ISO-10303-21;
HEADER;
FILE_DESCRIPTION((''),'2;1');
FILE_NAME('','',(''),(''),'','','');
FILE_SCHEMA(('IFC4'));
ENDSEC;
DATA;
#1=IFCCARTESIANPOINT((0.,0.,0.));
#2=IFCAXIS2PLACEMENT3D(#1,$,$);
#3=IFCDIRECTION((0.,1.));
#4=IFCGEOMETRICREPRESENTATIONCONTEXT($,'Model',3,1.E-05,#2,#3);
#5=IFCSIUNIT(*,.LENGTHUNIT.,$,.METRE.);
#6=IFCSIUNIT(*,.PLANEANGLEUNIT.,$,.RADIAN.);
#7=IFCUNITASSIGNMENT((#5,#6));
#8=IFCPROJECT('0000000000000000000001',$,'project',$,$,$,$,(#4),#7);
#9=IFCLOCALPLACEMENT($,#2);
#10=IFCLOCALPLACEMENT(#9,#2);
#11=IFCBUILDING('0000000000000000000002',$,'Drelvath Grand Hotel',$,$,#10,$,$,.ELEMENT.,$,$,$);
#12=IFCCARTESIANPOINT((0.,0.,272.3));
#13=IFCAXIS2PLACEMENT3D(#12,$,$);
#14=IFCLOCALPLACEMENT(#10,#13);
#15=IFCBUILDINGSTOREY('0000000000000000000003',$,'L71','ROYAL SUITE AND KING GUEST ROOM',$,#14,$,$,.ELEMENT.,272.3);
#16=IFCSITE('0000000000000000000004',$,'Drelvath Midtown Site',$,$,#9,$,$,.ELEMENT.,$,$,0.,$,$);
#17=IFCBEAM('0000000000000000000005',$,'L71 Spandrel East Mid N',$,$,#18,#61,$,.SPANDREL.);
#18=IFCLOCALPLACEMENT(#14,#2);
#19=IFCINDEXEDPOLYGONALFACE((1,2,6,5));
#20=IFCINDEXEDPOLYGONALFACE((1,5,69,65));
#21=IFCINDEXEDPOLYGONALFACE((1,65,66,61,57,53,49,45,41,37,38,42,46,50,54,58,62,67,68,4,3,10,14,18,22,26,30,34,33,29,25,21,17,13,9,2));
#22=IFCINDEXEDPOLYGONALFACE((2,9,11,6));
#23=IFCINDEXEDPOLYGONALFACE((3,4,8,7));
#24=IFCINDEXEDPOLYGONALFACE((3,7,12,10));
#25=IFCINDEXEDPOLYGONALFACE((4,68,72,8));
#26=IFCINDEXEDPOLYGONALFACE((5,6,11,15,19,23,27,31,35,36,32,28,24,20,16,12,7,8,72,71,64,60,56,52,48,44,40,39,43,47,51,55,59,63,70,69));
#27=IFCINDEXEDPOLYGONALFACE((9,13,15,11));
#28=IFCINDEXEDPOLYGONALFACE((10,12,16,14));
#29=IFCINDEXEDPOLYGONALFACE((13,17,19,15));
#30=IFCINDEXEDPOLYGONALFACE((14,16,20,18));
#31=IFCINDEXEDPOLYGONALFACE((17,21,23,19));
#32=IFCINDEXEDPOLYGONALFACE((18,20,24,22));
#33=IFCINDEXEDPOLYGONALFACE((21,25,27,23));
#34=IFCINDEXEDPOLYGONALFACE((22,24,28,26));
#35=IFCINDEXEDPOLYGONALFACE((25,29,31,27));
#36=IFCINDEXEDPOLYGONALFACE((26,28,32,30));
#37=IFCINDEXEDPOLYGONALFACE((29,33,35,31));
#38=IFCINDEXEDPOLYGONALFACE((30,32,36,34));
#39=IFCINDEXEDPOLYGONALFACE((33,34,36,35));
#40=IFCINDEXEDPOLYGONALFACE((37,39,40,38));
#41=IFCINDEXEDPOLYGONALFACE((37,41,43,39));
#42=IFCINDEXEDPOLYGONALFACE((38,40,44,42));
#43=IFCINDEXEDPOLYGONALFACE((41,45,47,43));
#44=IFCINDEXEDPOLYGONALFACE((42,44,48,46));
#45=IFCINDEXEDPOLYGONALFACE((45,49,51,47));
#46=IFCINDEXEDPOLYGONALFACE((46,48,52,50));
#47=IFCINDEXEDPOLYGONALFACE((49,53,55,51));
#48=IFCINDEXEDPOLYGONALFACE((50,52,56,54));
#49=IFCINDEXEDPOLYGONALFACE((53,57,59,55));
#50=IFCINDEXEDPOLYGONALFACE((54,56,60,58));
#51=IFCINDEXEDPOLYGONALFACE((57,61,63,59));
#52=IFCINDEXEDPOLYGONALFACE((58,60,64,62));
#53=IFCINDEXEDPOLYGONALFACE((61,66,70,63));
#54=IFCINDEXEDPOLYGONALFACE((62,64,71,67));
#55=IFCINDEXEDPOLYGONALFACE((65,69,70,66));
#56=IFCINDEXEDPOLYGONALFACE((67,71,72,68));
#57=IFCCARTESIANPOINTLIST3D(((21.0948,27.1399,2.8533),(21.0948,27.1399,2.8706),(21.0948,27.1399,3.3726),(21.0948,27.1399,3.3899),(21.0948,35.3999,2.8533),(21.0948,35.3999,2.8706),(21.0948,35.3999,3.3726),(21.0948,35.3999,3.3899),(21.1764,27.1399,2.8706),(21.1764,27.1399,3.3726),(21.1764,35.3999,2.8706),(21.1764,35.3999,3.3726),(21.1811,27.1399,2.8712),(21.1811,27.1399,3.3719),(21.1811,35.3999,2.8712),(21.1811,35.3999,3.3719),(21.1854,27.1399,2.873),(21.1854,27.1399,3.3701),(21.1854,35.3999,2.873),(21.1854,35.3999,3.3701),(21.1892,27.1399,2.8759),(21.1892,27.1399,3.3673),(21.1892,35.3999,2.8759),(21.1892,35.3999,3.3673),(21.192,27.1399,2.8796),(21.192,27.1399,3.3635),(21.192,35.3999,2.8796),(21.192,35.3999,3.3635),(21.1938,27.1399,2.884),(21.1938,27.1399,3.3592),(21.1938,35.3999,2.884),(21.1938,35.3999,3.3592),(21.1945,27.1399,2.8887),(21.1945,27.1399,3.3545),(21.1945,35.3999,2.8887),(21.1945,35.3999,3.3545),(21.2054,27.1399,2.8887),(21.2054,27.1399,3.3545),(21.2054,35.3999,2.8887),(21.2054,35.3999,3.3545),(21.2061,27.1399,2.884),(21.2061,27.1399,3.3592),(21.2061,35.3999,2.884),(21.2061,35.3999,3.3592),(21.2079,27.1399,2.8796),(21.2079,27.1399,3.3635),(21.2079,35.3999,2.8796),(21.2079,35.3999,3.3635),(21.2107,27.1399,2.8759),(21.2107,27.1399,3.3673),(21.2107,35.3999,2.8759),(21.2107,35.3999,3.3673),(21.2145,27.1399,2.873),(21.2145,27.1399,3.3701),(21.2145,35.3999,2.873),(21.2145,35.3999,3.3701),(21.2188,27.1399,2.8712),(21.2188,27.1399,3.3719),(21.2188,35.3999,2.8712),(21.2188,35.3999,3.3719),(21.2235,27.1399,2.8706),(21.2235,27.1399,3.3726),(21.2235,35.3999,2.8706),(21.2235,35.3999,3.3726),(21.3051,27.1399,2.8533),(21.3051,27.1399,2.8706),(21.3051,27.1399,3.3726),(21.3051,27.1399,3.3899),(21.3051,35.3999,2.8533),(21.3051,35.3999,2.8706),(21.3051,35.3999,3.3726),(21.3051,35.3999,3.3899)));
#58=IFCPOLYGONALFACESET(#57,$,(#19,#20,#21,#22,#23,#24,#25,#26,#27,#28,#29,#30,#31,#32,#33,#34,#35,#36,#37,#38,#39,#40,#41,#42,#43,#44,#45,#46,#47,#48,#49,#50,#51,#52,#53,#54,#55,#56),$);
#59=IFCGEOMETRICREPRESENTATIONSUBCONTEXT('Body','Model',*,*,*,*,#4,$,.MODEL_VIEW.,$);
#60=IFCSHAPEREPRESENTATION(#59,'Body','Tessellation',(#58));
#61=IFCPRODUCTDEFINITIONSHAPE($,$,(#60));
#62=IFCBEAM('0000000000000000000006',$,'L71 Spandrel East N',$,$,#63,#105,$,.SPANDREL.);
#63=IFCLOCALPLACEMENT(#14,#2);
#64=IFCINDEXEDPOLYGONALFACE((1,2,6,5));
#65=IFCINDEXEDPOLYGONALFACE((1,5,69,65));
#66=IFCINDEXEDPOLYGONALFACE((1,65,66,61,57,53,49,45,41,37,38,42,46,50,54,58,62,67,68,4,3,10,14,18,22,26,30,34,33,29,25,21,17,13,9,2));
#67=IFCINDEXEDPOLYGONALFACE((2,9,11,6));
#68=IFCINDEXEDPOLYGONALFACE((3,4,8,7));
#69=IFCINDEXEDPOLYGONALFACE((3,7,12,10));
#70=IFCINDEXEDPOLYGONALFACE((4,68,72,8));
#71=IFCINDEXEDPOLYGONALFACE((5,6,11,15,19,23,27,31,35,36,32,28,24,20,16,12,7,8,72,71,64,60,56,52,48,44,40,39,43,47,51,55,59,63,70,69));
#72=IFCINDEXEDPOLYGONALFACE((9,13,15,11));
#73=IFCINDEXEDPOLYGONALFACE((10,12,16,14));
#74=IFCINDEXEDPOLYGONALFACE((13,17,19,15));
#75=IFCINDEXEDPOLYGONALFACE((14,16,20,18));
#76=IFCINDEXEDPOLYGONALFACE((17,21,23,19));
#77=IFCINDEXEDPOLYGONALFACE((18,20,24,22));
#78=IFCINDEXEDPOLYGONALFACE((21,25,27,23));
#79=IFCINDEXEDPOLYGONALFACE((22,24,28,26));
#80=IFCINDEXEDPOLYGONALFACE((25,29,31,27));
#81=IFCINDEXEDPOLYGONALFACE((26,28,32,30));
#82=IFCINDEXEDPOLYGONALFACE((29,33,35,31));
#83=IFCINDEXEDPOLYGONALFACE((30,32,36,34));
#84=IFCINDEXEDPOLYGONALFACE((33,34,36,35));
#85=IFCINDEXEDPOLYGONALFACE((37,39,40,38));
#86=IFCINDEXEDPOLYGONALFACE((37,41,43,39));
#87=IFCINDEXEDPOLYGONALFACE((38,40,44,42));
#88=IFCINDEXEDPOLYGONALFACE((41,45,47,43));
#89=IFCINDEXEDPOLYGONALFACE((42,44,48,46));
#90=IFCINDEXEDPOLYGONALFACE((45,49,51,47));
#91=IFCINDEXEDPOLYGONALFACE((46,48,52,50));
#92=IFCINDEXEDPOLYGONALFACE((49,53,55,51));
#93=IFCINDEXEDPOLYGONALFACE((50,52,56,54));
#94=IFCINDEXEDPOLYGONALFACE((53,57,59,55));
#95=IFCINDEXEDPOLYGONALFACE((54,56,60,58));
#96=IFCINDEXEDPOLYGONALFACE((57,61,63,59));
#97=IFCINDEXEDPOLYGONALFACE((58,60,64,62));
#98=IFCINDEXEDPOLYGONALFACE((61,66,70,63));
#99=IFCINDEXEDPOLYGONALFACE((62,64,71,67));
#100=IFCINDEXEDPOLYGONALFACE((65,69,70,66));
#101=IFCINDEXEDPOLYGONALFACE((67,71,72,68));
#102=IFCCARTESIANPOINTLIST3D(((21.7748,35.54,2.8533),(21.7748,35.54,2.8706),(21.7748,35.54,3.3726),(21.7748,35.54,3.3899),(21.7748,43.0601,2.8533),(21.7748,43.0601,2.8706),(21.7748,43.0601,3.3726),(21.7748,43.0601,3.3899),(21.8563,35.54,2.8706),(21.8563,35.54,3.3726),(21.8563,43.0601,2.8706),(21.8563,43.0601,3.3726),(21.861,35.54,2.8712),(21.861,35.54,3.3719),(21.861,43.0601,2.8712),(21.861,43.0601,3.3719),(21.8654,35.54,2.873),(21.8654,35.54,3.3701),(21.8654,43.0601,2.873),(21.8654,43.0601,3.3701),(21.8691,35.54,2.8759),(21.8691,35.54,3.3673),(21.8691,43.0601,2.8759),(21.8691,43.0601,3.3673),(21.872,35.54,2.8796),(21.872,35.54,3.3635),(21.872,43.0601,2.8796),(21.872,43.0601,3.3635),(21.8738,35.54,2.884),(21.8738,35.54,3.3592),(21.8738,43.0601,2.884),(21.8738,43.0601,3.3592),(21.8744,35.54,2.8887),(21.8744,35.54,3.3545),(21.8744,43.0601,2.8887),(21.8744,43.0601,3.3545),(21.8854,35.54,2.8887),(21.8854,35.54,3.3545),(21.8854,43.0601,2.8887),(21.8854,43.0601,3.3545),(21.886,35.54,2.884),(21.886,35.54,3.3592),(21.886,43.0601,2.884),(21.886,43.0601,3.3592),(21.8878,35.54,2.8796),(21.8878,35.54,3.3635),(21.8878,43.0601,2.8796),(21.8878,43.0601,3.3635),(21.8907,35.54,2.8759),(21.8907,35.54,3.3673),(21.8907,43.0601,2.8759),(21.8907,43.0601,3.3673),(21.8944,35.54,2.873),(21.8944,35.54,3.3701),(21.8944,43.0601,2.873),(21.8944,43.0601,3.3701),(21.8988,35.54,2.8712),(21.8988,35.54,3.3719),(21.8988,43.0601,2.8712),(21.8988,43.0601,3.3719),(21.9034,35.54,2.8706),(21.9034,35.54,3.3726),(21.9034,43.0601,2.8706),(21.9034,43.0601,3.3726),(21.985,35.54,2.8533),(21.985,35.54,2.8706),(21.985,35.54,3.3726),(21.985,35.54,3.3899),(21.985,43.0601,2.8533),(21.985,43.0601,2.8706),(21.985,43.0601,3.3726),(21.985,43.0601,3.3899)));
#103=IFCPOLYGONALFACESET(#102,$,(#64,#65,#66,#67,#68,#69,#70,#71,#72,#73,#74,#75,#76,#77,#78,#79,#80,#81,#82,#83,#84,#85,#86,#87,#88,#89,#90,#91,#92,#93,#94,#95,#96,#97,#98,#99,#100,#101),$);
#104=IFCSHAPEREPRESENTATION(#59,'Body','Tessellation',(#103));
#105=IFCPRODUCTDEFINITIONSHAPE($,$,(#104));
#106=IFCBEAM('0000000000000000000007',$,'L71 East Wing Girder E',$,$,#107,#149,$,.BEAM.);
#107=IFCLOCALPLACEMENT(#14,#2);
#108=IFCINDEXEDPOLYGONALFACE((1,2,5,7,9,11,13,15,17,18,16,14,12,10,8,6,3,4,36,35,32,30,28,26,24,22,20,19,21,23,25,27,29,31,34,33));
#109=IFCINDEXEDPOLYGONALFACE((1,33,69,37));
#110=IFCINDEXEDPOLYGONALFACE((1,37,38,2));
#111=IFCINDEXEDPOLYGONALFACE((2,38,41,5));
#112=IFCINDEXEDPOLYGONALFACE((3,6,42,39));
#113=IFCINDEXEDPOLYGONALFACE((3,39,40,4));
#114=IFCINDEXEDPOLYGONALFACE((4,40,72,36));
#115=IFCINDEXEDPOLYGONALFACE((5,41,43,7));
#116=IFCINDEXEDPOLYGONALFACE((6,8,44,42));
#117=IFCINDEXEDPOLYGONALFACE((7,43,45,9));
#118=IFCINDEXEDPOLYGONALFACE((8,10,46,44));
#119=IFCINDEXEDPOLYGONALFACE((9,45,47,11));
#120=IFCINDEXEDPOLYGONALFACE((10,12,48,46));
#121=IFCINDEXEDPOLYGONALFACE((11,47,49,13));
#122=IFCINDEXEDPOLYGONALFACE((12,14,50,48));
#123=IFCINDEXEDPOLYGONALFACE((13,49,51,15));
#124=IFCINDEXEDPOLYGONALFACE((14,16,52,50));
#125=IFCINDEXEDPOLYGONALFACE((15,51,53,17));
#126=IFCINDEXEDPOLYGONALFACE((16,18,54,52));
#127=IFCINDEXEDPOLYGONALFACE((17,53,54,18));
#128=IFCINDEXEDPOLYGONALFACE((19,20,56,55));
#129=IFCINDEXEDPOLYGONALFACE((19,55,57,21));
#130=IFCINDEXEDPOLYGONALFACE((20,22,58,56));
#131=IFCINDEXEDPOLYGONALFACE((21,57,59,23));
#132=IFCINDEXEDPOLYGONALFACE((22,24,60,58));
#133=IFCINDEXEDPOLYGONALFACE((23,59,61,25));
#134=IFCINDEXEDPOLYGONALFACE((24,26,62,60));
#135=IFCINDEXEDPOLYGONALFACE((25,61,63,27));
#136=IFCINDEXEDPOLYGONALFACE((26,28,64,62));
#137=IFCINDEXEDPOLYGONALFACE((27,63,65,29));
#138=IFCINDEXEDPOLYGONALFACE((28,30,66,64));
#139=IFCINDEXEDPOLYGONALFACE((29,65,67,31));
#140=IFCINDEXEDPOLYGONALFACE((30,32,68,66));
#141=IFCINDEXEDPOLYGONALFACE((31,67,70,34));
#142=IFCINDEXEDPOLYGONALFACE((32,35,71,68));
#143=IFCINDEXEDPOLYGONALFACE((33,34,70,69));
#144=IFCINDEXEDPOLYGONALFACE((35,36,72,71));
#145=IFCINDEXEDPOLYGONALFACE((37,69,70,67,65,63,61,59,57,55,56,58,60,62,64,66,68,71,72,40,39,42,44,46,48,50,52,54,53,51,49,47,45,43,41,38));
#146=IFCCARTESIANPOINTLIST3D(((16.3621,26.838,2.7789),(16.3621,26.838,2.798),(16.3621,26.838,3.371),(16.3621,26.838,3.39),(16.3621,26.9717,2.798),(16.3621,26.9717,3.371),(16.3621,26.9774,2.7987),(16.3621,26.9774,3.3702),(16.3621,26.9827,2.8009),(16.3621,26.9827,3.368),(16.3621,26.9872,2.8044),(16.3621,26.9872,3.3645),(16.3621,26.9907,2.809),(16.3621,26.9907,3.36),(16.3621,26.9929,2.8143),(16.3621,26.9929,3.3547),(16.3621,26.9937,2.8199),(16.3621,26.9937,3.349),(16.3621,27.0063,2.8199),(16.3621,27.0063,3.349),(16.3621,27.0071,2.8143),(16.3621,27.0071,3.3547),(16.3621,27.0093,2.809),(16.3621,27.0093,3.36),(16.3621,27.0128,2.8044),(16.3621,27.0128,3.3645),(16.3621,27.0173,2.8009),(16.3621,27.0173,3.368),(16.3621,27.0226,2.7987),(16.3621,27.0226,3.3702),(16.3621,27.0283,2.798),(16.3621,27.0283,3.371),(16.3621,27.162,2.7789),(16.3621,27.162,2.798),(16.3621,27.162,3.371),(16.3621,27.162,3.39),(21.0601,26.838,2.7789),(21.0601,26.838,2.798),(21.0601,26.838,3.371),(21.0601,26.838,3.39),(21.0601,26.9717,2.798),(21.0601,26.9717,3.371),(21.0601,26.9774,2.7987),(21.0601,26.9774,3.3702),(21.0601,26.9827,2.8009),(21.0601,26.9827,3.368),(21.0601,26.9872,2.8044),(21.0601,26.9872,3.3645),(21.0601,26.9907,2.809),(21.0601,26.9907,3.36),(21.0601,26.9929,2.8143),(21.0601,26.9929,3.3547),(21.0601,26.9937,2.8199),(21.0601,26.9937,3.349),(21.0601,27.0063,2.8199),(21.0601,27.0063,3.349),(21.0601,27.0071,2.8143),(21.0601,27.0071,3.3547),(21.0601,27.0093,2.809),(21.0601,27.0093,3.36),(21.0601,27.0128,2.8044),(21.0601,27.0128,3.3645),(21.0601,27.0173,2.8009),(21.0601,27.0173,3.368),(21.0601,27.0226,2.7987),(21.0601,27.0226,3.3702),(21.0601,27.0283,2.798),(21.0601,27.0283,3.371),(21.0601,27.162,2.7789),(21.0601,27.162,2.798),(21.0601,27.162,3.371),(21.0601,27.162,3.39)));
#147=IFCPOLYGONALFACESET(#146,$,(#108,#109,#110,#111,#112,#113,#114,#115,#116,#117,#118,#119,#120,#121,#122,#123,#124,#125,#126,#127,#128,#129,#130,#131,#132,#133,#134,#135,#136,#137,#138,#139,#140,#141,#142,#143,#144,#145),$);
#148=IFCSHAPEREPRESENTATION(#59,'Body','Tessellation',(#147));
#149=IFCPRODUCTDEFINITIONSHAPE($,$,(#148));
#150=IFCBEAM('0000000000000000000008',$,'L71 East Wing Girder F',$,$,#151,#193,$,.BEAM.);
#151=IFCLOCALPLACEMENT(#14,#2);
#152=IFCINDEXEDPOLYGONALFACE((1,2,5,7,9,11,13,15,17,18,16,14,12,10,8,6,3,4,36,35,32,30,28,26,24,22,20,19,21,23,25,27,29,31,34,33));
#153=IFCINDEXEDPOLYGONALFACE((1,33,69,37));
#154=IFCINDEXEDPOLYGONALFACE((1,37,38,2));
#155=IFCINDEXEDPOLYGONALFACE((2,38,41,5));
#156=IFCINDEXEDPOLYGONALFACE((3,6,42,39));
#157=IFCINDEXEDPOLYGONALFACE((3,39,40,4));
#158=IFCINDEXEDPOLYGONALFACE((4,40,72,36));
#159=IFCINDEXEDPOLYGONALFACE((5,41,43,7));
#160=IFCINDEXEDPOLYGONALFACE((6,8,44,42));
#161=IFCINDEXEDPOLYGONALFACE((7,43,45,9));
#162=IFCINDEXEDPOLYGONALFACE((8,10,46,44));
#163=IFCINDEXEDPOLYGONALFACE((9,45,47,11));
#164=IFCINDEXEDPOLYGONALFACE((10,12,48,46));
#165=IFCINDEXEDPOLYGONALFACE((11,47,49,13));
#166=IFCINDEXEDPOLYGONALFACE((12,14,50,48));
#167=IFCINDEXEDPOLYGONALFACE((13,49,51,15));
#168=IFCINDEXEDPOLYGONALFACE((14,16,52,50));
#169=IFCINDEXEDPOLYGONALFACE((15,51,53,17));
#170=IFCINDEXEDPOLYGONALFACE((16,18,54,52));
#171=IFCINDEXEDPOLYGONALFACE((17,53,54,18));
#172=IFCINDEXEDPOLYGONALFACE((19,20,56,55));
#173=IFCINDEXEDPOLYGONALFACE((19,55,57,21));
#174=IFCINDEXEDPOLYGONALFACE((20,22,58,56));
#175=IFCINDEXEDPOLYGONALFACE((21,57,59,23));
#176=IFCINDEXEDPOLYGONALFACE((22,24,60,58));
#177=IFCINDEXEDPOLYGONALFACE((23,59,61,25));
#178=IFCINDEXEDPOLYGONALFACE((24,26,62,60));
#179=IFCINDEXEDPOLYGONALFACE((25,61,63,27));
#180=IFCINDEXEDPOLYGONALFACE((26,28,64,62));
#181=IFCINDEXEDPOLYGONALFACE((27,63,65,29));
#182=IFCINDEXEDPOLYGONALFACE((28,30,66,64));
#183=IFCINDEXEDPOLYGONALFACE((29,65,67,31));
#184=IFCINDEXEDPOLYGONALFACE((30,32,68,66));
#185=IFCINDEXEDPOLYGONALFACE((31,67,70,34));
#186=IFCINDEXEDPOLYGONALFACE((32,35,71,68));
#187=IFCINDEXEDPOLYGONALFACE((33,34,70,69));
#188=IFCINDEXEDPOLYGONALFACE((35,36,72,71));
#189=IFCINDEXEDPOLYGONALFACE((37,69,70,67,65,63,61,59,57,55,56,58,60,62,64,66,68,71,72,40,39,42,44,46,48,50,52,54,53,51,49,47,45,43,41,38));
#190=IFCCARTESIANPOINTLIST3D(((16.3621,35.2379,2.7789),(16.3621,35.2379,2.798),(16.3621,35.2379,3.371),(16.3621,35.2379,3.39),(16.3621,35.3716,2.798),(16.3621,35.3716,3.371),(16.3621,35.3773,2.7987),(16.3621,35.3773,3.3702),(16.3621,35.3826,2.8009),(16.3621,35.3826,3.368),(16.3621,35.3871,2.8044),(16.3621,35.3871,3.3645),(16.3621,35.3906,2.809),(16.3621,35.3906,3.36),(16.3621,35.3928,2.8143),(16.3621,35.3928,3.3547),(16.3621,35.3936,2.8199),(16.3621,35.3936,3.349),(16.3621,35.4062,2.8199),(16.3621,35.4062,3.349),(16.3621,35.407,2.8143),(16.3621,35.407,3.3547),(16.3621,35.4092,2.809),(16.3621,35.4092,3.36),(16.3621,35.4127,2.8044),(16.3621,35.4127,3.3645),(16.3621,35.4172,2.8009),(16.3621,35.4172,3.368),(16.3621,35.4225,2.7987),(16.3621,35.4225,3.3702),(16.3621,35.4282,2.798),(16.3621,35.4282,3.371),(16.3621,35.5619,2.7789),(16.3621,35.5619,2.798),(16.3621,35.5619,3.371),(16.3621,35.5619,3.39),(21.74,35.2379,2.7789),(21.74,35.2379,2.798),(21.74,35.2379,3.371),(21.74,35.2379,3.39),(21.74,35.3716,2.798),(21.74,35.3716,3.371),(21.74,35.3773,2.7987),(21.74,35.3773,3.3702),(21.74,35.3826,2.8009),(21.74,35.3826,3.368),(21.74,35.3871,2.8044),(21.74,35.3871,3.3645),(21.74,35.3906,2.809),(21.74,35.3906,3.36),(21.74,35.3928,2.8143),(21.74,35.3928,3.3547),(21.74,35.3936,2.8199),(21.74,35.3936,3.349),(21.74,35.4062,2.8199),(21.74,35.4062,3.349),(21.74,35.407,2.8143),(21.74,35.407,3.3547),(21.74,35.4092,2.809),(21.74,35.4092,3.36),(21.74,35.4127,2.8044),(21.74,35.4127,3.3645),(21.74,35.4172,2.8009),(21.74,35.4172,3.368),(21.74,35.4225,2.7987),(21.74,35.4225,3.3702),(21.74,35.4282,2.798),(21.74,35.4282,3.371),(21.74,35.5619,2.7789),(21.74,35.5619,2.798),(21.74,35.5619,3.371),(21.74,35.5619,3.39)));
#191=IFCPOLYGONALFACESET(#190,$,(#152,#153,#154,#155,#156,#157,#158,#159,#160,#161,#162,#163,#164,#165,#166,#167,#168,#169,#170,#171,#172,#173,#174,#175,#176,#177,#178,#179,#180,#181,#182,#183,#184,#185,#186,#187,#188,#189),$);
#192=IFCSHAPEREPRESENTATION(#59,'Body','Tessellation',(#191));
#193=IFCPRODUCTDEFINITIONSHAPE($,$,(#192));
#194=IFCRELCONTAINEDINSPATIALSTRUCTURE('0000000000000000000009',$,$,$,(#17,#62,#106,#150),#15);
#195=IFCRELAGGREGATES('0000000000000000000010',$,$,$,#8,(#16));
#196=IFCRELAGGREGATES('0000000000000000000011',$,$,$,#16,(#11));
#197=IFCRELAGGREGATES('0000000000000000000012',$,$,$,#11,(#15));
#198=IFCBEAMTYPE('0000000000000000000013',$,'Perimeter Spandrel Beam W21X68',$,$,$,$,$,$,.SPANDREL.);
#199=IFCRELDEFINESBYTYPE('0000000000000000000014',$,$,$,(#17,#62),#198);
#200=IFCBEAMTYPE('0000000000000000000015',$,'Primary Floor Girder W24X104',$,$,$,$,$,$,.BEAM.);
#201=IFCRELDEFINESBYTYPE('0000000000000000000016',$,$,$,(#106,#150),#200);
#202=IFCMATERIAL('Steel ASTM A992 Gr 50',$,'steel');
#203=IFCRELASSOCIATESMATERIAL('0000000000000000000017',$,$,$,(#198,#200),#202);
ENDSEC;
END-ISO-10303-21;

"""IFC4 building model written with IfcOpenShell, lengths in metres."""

from ifc_helpers import new_model, si_unit, direction, frame, origin, origin_2d, place, context, subcontext, project, spatial, i_section, extrude, material, material_profile, profile_set, type_object, element, save


model = new_model("IFC4")

# Units and contexts
model_context = context("Model", 3, precision=1e-05, world=origin(), true_north=direction((0.0, 1.0)))
body_context = subcontext(model_context, "Body", "Model", "MODEL_VIEW")
ifc_project = project(units=[si_unit("LENGTHUNIT", "METRE"), si_unit("PLANEANGLEUNIT", "RADIAN")], contexts=[model_context])

# Site, building, storey
site_placement = place(None, origin())
site = spatial("IfcSite", under=ifc_project, at=site_placement, Name="Drelvath Midtown Site", CompositionType="ELEMENT", RefElevation=0.0)
building_placement = place(site_placement, origin())
building = spatial("IfcBuilding", under=site, at=building_placement, Name="Drelvath Grand Hotel", CompositionType="ELEMENT")
storey_placement = place(building_placement, frame((0.0, 0.0, 272.3)))
storey = spatial("IfcBuildingStorey", under=building, at=storey_placement, Name="L71", Description="ROYAL SUITE AND KING GUEST ROOM", CompositionType="ELEMENT", Elevation=272.3)

# Beams
ifc_material_1 = material(Name="Steel ASTM A992 Gr 50", Category="steel")
ifc_material_profile_1 = material_profile(ifc_material_1, i_section(OverallWidth=0.2102, OverallDepth=0.5366, WebThickness=0.011, FlangeThickness=0.0173, FilletRadius=0.0181, at=origin_2d()), Name="W21X68")
ifc_profile_set_1 = profile_set([ifc_material_profile_1], Name="Steel ASTM A992 Gr 50")
beam_type_1 = type_object("IfcBeamType", Name="Perimeter Spandrel Beam W21X68", PredefinedType="SPANDREL", material=ifc_profile_set_1)
beam_1_placement = place(storey_placement, frame((21.2, 27.1399, 3.1216), z_axis=(0.0, 1.0, 0.0), x_axis=(-1.0, 0.0, 0.0)))
element("IfcBeam", 1, at=beam_1_placement, inside=storey, type_object=beam_type_1, Name="L71 Spandrel East Mid N", PredefinedType="SPANDREL", context=body_context, shape_type="SweptSolid", body=[
    extrude(i_section(OverallWidth=0.2102, OverallDepth=0.5366, WebThickness=0.011, FlangeThickness=0.0173, FilletRadius=0.0181, at=origin_2d()), origin(), (0.0, 0.0, 1.0), 8.26),
])
beam_2_placement = place(storey_placement, frame((21.8799, 35.54, 3.1216), z_axis=(0.0, 1.0, 0.0), x_axis=(-1.0, 0.0, 0.0)))
element("IfcBeam", 2, at=beam_2_placement, inside=storey, type_object=beam_type_1, Name="L71 Spandrel East N", PredefinedType="SPANDREL", context=body_context, shape_type="SweptSolid", body=[
    extrude(i_section(OverallWidth=0.2102, OverallDepth=0.5366, WebThickness=0.011, FlangeThickness=0.0173, FilletRadius=0.0181, at=origin_2d()), origin(), (0.0, 0.0, 1.0), 7.52),
])
ifc_material_profile_2 = material_profile(ifc_material_1, i_section(OverallWidth=0.324, OverallDepth=0.6111, WebThickness=0.0127, FlangeThickness=0.019, FilletRadius=0.022, at=origin_2d()), Name="W24X104")
ifc_profile_set_2 = profile_set([ifc_material_profile_2], Name="Steel ASTM A992 Gr 50")
beam_type_2 = type_object("IfcBeamType", Name="Primary Floor Girder W24X104", PredefinedType="BEAM", material=ifc_profile_set_2)
beam_3_placement = place(storey_placement, frame((16.3621, 27.0, 3.0845), z_axis=(1.0, 0.0, 0.0), x_axis=(0.0, 1.0, 0.0)))
element("IfcBeam", 3, at=beam_3_placement, inside=storey, type_object=beam_type_2, Name="L71 East Wing Girder E", PredefinedType="BEAM", context=body_context, shape_type="SweptSolid", body=[
    extrude(i_section(OverallWidth=0.324, OverallDepth=0.6111, WebThickness=0.0127, FlangeThickness=0.019, FilletRadius=0.022, at=origin_2d()), origin(), (0.0, 0.0, 1.0), 4.698),
])
beam_4_placement = place(storey_placement, frame((16.3621, 35.3999, 3.0845), z_axis=(1.0, 0.0, 0.0), x_axis=(0.0, 1.0, 0.0)))
element("IfcBeam", 4, at=beam_4_placement, inside=storey, type_object=beam_type_2, Name="L71 East Wing Girder F", PredefinedType="BEAM", context=body_context, shape_type="SweptSolid", body=[
    extrude(i_section(OverallWidth=0.324, OverallDepth=0.6111, WebThickness=0.0127, FlangeThickness=0.019, FilletRadius=0.022, at=origin_2d()), origin(), (0.0, 0.0, 1.0), 5.3779),
])

save(model, "model.ifc")
